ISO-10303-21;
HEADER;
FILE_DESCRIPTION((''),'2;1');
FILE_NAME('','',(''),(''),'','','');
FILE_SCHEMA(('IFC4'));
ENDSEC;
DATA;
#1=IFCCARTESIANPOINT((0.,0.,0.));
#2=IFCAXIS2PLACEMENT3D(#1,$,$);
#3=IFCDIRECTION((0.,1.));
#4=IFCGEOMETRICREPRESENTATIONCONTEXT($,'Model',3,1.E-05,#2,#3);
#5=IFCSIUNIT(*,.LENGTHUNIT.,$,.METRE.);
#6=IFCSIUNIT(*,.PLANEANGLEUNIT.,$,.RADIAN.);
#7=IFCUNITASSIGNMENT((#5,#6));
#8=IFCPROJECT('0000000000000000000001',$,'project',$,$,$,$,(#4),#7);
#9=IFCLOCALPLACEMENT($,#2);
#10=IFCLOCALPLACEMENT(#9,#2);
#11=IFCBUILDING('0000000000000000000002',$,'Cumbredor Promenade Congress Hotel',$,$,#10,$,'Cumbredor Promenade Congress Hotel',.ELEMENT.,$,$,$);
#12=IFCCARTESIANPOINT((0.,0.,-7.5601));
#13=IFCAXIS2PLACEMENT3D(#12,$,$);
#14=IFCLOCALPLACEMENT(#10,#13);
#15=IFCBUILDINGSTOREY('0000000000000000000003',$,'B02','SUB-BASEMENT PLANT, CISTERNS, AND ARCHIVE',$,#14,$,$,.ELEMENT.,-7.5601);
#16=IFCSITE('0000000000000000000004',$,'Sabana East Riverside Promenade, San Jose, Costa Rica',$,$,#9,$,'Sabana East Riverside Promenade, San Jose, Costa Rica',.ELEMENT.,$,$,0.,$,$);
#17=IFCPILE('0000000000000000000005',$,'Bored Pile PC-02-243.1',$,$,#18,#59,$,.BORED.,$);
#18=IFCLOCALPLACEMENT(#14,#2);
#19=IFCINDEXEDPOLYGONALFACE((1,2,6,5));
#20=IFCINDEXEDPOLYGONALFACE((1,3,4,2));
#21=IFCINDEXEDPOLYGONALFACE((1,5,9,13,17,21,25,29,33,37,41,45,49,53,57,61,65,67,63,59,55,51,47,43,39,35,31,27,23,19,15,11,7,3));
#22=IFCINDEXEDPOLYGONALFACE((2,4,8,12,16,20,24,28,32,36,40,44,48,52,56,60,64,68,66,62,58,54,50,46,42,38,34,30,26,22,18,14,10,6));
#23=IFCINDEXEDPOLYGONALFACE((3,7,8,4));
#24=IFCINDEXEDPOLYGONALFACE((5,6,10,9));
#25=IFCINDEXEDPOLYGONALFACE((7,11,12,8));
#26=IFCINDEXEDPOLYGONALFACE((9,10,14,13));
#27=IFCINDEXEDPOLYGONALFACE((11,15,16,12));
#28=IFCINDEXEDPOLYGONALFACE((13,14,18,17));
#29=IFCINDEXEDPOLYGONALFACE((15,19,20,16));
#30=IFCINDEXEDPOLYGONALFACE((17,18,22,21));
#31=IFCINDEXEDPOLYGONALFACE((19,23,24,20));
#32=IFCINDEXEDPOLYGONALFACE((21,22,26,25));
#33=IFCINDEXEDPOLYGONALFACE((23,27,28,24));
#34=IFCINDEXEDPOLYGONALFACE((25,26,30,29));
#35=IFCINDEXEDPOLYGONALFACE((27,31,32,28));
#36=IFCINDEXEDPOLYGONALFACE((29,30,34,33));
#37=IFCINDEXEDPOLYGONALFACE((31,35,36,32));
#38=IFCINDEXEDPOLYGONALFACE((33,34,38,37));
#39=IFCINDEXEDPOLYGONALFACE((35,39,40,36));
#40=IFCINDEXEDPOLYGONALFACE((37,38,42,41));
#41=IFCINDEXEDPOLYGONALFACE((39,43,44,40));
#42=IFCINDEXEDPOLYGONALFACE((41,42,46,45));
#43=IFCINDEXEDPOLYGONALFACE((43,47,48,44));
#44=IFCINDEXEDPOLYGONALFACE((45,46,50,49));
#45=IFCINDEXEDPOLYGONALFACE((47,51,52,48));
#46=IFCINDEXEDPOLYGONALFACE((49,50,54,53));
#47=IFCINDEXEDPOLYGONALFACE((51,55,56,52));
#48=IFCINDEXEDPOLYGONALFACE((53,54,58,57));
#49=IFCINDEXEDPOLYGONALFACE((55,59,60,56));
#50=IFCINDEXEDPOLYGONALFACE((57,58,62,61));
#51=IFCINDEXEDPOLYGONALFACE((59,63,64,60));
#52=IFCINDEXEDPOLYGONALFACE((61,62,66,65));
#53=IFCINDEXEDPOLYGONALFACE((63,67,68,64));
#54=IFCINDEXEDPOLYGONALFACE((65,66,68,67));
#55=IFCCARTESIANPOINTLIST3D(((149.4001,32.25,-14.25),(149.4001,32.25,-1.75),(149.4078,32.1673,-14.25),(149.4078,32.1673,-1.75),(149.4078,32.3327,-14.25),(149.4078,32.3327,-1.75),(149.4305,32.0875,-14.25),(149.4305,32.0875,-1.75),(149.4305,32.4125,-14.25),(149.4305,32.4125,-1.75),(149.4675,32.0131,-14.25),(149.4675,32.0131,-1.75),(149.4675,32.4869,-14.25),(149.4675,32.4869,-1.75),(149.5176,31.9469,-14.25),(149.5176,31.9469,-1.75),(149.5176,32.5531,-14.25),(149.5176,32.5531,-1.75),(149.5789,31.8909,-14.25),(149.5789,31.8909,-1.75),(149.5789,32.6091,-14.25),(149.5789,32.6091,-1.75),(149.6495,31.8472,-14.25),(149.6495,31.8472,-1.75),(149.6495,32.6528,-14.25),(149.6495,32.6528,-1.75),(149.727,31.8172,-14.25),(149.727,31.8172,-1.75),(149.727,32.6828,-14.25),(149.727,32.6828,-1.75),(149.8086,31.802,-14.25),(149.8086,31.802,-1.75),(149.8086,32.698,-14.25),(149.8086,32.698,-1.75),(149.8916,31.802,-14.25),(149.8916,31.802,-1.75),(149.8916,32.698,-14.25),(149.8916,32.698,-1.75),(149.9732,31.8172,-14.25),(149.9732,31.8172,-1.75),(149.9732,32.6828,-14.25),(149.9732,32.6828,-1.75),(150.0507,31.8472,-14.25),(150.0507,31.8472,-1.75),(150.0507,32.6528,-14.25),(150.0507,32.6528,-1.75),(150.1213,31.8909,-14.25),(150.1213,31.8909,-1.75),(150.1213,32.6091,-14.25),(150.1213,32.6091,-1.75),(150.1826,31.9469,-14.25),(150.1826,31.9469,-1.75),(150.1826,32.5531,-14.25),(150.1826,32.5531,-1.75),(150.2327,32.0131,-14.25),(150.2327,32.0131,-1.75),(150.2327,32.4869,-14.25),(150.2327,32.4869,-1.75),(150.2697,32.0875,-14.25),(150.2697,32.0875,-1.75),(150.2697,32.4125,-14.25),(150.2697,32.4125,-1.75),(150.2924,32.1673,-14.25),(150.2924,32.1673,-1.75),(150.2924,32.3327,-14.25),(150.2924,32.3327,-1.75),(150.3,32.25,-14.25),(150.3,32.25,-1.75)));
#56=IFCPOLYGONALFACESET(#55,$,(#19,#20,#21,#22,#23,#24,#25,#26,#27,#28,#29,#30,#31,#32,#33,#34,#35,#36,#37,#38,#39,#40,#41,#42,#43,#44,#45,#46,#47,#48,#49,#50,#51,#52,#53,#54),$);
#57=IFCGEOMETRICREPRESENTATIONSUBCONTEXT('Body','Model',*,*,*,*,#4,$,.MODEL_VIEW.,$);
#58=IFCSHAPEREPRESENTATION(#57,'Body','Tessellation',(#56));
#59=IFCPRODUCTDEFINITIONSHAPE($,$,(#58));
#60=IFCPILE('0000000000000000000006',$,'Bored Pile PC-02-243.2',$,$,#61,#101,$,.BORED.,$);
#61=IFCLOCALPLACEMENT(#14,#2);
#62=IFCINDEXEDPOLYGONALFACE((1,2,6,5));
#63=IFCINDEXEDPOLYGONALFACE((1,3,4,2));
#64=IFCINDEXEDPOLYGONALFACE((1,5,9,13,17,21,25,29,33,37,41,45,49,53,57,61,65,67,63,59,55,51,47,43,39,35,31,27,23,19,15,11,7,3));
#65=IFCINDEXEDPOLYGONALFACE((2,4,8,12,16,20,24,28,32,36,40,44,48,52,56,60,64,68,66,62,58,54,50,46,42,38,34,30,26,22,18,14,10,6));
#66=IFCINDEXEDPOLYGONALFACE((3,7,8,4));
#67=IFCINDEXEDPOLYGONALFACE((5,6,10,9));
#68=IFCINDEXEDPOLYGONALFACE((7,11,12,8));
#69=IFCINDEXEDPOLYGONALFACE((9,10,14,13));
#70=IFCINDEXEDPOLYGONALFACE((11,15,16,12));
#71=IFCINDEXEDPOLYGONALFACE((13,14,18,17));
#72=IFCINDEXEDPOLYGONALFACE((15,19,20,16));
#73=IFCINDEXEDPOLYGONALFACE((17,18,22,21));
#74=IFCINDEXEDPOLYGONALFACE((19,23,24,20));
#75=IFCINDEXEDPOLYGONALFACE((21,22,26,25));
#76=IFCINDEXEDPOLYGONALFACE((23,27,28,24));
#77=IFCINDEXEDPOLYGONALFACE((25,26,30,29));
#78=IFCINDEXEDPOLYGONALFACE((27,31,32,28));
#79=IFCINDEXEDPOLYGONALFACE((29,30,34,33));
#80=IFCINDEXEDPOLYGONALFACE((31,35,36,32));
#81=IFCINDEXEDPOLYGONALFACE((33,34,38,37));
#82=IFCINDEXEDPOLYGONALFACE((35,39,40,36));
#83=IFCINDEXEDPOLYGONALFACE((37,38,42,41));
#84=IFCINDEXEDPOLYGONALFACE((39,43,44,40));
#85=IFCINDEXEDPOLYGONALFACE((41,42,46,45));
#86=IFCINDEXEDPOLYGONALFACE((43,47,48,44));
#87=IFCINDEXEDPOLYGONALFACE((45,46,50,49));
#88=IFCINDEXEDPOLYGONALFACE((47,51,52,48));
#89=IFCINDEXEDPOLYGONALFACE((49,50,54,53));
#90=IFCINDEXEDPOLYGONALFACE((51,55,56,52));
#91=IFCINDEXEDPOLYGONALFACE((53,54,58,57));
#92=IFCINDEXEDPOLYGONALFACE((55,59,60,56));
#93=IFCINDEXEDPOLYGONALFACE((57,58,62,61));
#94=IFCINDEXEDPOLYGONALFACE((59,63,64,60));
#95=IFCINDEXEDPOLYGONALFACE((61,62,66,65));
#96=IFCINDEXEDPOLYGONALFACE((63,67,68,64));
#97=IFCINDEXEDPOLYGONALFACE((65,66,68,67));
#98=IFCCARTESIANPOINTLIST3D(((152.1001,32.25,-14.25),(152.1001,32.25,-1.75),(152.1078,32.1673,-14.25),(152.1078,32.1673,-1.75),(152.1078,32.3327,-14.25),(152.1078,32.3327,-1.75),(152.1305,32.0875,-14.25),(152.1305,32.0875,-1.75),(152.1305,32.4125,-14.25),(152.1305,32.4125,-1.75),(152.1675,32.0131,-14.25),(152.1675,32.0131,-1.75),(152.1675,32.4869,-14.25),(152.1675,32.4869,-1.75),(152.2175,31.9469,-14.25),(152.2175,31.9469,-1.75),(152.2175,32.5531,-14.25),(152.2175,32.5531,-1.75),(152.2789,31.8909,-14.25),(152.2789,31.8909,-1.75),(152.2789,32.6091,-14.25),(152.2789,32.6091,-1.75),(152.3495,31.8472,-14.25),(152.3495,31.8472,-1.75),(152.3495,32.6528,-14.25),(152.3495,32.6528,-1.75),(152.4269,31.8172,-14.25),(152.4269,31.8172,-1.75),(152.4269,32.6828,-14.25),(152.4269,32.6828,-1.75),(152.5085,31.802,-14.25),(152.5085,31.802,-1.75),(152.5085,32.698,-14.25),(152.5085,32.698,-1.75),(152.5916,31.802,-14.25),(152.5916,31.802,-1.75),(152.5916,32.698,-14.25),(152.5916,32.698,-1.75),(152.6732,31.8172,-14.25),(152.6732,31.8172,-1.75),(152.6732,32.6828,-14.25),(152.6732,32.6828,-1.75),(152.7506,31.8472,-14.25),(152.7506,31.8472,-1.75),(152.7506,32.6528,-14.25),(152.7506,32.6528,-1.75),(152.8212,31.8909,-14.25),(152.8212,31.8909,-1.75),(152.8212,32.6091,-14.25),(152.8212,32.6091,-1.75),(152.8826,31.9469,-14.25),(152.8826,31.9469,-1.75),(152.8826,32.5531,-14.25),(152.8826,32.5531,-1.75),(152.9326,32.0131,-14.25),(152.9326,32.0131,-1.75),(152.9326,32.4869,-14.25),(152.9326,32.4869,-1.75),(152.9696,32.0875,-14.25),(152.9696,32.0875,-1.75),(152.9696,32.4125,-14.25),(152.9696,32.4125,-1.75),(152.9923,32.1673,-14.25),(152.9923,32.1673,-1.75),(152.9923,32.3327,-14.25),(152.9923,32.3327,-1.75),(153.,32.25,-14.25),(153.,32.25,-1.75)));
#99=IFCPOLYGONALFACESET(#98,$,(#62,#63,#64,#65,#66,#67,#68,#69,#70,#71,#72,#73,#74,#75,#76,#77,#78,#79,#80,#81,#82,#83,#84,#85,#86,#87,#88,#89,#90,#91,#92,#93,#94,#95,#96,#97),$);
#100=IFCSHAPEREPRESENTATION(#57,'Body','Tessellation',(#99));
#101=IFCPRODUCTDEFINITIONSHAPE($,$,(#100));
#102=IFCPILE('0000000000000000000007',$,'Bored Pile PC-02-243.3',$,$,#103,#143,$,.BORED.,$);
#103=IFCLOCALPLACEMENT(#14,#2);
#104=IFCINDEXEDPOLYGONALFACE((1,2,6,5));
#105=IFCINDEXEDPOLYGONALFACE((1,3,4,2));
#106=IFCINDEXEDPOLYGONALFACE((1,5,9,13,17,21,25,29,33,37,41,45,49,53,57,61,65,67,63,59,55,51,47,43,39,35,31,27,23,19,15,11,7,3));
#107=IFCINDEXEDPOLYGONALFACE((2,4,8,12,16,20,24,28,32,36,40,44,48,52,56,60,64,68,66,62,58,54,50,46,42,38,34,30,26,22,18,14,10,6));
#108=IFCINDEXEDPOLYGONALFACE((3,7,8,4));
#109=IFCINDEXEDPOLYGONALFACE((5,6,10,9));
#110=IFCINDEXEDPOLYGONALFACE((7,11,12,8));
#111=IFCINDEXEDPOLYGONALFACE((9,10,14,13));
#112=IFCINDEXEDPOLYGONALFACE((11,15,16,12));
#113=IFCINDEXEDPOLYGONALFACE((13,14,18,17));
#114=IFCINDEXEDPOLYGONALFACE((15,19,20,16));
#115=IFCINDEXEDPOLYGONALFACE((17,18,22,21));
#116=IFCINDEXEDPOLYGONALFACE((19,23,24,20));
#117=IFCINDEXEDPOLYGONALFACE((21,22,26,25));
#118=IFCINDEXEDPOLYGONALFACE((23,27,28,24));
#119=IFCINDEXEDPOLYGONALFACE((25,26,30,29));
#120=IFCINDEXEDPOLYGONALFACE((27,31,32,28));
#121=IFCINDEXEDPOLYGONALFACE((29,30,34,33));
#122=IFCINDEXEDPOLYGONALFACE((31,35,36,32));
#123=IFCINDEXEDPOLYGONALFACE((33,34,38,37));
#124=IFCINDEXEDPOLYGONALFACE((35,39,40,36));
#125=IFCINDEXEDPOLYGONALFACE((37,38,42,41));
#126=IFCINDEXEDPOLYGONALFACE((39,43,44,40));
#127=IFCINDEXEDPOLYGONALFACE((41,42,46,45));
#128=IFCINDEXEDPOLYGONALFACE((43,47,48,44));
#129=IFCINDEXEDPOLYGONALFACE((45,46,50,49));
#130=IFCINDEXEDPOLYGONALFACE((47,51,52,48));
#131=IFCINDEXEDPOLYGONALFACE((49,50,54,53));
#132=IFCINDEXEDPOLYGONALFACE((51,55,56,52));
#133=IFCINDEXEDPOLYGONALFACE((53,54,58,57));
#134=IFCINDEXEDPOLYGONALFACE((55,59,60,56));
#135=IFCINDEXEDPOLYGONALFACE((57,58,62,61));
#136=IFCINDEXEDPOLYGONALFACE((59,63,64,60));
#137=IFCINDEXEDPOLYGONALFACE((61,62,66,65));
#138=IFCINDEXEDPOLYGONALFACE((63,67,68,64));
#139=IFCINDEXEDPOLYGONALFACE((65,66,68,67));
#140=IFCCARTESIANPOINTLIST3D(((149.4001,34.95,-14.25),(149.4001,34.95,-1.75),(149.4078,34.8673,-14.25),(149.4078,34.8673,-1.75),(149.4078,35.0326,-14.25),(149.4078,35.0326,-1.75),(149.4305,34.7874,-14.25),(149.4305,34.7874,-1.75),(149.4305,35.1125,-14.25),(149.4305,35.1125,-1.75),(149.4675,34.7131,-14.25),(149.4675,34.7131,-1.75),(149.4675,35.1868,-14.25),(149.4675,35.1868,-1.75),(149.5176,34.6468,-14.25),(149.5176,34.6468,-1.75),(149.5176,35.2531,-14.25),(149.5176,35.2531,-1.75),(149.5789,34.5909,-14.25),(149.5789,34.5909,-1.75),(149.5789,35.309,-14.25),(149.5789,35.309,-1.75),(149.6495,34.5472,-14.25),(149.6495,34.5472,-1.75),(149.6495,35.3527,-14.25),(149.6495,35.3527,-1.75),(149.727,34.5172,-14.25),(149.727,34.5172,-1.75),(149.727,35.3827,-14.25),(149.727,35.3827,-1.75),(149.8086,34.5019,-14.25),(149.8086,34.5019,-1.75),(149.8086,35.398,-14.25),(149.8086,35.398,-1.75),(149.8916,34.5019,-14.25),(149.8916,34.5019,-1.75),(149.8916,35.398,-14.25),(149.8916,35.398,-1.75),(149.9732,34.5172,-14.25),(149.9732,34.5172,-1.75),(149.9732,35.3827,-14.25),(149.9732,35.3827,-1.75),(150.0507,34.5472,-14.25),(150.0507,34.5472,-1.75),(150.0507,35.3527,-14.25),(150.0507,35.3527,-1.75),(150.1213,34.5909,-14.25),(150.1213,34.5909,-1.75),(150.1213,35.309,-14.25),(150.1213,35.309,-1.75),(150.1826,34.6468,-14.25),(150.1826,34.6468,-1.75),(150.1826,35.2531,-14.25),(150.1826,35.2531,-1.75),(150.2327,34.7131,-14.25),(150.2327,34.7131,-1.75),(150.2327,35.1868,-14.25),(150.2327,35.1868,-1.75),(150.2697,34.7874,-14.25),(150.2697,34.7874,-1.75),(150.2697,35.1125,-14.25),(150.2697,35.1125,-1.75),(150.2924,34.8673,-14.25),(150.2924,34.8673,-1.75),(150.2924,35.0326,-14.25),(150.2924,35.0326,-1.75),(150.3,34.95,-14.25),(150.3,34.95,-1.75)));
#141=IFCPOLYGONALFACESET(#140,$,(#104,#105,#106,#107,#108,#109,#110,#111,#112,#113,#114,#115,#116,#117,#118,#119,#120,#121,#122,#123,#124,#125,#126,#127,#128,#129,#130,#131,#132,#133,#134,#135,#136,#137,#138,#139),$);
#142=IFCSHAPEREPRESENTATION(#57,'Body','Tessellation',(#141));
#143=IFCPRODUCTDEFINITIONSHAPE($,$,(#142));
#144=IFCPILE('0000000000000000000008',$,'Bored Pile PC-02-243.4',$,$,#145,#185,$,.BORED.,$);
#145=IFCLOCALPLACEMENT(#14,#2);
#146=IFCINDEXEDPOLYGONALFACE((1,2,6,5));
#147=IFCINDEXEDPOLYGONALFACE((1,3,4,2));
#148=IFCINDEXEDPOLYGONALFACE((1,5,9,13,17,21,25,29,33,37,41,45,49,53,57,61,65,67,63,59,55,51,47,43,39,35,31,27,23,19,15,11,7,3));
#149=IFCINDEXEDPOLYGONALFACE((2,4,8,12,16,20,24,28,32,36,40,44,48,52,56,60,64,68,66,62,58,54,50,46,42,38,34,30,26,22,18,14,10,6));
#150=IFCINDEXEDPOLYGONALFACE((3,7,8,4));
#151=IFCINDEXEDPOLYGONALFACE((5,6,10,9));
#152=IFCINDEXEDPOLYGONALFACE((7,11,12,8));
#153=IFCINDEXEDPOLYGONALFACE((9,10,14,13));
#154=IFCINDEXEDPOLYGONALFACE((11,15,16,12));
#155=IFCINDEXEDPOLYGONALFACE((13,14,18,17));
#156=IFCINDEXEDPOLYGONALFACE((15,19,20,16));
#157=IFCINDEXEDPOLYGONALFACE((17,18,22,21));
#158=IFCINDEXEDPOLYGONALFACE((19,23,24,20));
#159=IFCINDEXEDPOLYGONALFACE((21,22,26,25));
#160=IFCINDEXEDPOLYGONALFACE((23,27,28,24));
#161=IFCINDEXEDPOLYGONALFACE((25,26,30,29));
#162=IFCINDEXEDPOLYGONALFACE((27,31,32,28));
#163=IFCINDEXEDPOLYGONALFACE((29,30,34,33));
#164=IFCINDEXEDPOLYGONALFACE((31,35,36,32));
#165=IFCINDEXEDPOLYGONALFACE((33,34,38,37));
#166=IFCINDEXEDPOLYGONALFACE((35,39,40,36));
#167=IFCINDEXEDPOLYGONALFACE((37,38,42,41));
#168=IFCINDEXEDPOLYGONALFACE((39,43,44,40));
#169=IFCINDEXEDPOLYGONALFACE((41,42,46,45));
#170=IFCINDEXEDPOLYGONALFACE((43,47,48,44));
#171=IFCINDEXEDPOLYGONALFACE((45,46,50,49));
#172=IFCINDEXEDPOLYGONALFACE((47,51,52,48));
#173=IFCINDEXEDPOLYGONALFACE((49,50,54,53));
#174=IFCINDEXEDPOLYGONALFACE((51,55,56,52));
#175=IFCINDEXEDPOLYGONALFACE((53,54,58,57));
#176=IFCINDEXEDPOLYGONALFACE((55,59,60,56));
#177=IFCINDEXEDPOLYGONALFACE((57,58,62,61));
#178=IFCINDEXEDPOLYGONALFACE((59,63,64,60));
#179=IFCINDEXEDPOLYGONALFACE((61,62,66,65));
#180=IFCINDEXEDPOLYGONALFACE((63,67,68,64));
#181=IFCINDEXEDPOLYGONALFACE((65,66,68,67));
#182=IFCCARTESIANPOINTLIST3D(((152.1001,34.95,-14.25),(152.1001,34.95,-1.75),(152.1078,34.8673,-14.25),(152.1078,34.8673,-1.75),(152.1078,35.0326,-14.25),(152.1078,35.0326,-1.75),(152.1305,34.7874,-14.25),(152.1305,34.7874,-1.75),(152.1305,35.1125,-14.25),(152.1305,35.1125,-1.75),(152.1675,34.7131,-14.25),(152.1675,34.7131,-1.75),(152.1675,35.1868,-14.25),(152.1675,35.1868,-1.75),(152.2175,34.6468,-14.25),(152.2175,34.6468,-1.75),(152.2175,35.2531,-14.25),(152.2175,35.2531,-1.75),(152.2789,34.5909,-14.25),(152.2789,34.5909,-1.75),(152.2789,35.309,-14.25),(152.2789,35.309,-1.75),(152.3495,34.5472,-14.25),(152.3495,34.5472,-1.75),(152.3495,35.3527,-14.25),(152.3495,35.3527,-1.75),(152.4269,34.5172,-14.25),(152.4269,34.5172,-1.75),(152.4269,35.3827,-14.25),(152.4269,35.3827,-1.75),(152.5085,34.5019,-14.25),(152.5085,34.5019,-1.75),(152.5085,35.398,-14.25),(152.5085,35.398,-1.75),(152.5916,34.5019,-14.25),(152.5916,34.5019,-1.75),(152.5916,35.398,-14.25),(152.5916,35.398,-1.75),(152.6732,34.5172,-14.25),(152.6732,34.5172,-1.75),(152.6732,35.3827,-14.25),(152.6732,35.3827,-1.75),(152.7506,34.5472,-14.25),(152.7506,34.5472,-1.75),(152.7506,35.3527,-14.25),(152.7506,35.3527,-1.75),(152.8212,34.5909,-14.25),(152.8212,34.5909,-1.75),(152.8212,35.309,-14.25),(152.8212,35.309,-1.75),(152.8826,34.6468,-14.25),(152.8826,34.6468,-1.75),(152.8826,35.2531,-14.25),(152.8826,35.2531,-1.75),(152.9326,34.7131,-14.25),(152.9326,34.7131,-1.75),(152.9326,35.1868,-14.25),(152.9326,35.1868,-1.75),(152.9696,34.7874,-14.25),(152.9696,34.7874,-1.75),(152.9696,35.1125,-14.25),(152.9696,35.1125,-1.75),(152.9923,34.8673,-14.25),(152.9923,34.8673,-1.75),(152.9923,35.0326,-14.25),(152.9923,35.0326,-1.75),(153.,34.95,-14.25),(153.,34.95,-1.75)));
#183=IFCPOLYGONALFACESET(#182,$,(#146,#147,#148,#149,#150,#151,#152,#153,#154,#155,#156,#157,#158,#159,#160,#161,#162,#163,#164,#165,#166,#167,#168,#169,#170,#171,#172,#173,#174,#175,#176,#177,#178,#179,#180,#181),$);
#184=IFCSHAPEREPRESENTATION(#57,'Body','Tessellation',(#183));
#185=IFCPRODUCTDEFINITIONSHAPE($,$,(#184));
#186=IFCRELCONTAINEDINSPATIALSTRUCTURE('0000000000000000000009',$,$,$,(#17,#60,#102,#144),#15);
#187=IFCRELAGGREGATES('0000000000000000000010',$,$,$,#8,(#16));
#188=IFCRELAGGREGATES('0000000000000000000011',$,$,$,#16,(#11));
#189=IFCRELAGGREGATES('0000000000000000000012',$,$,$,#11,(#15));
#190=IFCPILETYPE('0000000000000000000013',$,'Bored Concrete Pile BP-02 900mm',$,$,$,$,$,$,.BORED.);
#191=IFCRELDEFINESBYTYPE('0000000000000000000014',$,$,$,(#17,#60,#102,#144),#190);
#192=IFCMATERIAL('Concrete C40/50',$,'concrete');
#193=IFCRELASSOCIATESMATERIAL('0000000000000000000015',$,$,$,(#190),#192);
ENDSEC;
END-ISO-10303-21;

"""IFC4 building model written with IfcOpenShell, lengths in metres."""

from ifc_helpers import new_model, si_unit, direction, frame, origin, origin_2d, place, context, subcontext, project, spatial, circle, extrude, material, material_profile, profile_set, type_object, element, save


model = new_model("IFC4")

# Units and contexts
model_context = context("Model", 3, precision=1e-05, world=origin(), true_north=direction((0.0, 1.0)))
body_context = subcontext(model_context, "Body", "Model", "MODEL_VIEW")
ifc_project = project(units=[si_unit("LENGTHUNIT", "METRE"), si_unit("PLANEANGLEUNIT", "RADIAN")], contexts=[model_context])

# Site, building, storey
site_placement = place(None, origin())
site = spatial("IfcSite", under=ifc_project, at=site_placement, Name="Sabana East Riverside Promenade, San Jose, Costa Rica", LongName="Sabana East Riverside Promenade, San Jose, Costa Rica", CompositionType="ELEMENT", RefElevation=0.0)
building_placement = place(site_placement, origin())
building = spatial("IfcBuilding", under=site, at=building_placement, Name="Cumbredor Promenade Congress Hotel", LongName="Cumbredor Promenade Congress Hotel", CompositionType="ELEMENT")
storey_placement = place(building_placement, frame((0.0, 0.0, -7.5601)))
storey = spatial("IfcBuildingStorey", under=building, at=storey_placement, Name="B02", Description="SUB-BASEMENT PLANT, CISTERNS, AND ARCHIVE", CompositionType="ELEMENT", Elevation=-7.5601)

# Piles
ifc_material_1 = material(Name="Concrete C40/50", Category="concrete")
ifc_material_profile_1 = material_profile(ifc_material_1, circle(Radius=0.45, at=origin_2d()), Name="PILE D900")
ifc_profile_set_1 = profile_set([ifc_material_profile_1], Name="Concrete C40/50")
pile_type = type_object("IfcPileType", Name="Bored Concrete Pile BP-02 900mm", PredefinedType="BORED", material=ifc_profile_set_1)
for number, where, z_axis, x_axis, name in (
    (1, (149.8501, 32.25, -1.75), (0.0, 0.0, -1.0), (1.0, 0.0, 0.0), "Bored Pile PC-02-243.1"),
    (2, (152.55, 32.25, -1.75), (0.0, 0.0, -1.0), (1.0, 0.0, 0.0), "Bored Pile PC-02-243.2"),
    (3, (149.8501, 34.95, -1.75), (0.0, 0.0, -1.0), (1.0, 0.0, 0.0), "Bored Pile PC-02-243.3"),
    (4, (152.55, 34.95, -1.75), (0.0, 0.0, -1.0), (1.0, 0.0, 0.0), "Bored Pile PC-02-243.4"),
):
    element("IfcPile", number, at=place(storey_placement, frame(where, z_axis=z_axis, x_axis=x_axis)), inside=storey, type_object=pile_type, Name=name, PredefinedType="BORED", context=body_context, shape_type="SweptSolid", body=[
        extrude(circle(Radius=0.45, at=origin_2d()), origin(), (0.0, 0.0, 1.0), 12.5),
    ])

save(model, "model.ifc")
